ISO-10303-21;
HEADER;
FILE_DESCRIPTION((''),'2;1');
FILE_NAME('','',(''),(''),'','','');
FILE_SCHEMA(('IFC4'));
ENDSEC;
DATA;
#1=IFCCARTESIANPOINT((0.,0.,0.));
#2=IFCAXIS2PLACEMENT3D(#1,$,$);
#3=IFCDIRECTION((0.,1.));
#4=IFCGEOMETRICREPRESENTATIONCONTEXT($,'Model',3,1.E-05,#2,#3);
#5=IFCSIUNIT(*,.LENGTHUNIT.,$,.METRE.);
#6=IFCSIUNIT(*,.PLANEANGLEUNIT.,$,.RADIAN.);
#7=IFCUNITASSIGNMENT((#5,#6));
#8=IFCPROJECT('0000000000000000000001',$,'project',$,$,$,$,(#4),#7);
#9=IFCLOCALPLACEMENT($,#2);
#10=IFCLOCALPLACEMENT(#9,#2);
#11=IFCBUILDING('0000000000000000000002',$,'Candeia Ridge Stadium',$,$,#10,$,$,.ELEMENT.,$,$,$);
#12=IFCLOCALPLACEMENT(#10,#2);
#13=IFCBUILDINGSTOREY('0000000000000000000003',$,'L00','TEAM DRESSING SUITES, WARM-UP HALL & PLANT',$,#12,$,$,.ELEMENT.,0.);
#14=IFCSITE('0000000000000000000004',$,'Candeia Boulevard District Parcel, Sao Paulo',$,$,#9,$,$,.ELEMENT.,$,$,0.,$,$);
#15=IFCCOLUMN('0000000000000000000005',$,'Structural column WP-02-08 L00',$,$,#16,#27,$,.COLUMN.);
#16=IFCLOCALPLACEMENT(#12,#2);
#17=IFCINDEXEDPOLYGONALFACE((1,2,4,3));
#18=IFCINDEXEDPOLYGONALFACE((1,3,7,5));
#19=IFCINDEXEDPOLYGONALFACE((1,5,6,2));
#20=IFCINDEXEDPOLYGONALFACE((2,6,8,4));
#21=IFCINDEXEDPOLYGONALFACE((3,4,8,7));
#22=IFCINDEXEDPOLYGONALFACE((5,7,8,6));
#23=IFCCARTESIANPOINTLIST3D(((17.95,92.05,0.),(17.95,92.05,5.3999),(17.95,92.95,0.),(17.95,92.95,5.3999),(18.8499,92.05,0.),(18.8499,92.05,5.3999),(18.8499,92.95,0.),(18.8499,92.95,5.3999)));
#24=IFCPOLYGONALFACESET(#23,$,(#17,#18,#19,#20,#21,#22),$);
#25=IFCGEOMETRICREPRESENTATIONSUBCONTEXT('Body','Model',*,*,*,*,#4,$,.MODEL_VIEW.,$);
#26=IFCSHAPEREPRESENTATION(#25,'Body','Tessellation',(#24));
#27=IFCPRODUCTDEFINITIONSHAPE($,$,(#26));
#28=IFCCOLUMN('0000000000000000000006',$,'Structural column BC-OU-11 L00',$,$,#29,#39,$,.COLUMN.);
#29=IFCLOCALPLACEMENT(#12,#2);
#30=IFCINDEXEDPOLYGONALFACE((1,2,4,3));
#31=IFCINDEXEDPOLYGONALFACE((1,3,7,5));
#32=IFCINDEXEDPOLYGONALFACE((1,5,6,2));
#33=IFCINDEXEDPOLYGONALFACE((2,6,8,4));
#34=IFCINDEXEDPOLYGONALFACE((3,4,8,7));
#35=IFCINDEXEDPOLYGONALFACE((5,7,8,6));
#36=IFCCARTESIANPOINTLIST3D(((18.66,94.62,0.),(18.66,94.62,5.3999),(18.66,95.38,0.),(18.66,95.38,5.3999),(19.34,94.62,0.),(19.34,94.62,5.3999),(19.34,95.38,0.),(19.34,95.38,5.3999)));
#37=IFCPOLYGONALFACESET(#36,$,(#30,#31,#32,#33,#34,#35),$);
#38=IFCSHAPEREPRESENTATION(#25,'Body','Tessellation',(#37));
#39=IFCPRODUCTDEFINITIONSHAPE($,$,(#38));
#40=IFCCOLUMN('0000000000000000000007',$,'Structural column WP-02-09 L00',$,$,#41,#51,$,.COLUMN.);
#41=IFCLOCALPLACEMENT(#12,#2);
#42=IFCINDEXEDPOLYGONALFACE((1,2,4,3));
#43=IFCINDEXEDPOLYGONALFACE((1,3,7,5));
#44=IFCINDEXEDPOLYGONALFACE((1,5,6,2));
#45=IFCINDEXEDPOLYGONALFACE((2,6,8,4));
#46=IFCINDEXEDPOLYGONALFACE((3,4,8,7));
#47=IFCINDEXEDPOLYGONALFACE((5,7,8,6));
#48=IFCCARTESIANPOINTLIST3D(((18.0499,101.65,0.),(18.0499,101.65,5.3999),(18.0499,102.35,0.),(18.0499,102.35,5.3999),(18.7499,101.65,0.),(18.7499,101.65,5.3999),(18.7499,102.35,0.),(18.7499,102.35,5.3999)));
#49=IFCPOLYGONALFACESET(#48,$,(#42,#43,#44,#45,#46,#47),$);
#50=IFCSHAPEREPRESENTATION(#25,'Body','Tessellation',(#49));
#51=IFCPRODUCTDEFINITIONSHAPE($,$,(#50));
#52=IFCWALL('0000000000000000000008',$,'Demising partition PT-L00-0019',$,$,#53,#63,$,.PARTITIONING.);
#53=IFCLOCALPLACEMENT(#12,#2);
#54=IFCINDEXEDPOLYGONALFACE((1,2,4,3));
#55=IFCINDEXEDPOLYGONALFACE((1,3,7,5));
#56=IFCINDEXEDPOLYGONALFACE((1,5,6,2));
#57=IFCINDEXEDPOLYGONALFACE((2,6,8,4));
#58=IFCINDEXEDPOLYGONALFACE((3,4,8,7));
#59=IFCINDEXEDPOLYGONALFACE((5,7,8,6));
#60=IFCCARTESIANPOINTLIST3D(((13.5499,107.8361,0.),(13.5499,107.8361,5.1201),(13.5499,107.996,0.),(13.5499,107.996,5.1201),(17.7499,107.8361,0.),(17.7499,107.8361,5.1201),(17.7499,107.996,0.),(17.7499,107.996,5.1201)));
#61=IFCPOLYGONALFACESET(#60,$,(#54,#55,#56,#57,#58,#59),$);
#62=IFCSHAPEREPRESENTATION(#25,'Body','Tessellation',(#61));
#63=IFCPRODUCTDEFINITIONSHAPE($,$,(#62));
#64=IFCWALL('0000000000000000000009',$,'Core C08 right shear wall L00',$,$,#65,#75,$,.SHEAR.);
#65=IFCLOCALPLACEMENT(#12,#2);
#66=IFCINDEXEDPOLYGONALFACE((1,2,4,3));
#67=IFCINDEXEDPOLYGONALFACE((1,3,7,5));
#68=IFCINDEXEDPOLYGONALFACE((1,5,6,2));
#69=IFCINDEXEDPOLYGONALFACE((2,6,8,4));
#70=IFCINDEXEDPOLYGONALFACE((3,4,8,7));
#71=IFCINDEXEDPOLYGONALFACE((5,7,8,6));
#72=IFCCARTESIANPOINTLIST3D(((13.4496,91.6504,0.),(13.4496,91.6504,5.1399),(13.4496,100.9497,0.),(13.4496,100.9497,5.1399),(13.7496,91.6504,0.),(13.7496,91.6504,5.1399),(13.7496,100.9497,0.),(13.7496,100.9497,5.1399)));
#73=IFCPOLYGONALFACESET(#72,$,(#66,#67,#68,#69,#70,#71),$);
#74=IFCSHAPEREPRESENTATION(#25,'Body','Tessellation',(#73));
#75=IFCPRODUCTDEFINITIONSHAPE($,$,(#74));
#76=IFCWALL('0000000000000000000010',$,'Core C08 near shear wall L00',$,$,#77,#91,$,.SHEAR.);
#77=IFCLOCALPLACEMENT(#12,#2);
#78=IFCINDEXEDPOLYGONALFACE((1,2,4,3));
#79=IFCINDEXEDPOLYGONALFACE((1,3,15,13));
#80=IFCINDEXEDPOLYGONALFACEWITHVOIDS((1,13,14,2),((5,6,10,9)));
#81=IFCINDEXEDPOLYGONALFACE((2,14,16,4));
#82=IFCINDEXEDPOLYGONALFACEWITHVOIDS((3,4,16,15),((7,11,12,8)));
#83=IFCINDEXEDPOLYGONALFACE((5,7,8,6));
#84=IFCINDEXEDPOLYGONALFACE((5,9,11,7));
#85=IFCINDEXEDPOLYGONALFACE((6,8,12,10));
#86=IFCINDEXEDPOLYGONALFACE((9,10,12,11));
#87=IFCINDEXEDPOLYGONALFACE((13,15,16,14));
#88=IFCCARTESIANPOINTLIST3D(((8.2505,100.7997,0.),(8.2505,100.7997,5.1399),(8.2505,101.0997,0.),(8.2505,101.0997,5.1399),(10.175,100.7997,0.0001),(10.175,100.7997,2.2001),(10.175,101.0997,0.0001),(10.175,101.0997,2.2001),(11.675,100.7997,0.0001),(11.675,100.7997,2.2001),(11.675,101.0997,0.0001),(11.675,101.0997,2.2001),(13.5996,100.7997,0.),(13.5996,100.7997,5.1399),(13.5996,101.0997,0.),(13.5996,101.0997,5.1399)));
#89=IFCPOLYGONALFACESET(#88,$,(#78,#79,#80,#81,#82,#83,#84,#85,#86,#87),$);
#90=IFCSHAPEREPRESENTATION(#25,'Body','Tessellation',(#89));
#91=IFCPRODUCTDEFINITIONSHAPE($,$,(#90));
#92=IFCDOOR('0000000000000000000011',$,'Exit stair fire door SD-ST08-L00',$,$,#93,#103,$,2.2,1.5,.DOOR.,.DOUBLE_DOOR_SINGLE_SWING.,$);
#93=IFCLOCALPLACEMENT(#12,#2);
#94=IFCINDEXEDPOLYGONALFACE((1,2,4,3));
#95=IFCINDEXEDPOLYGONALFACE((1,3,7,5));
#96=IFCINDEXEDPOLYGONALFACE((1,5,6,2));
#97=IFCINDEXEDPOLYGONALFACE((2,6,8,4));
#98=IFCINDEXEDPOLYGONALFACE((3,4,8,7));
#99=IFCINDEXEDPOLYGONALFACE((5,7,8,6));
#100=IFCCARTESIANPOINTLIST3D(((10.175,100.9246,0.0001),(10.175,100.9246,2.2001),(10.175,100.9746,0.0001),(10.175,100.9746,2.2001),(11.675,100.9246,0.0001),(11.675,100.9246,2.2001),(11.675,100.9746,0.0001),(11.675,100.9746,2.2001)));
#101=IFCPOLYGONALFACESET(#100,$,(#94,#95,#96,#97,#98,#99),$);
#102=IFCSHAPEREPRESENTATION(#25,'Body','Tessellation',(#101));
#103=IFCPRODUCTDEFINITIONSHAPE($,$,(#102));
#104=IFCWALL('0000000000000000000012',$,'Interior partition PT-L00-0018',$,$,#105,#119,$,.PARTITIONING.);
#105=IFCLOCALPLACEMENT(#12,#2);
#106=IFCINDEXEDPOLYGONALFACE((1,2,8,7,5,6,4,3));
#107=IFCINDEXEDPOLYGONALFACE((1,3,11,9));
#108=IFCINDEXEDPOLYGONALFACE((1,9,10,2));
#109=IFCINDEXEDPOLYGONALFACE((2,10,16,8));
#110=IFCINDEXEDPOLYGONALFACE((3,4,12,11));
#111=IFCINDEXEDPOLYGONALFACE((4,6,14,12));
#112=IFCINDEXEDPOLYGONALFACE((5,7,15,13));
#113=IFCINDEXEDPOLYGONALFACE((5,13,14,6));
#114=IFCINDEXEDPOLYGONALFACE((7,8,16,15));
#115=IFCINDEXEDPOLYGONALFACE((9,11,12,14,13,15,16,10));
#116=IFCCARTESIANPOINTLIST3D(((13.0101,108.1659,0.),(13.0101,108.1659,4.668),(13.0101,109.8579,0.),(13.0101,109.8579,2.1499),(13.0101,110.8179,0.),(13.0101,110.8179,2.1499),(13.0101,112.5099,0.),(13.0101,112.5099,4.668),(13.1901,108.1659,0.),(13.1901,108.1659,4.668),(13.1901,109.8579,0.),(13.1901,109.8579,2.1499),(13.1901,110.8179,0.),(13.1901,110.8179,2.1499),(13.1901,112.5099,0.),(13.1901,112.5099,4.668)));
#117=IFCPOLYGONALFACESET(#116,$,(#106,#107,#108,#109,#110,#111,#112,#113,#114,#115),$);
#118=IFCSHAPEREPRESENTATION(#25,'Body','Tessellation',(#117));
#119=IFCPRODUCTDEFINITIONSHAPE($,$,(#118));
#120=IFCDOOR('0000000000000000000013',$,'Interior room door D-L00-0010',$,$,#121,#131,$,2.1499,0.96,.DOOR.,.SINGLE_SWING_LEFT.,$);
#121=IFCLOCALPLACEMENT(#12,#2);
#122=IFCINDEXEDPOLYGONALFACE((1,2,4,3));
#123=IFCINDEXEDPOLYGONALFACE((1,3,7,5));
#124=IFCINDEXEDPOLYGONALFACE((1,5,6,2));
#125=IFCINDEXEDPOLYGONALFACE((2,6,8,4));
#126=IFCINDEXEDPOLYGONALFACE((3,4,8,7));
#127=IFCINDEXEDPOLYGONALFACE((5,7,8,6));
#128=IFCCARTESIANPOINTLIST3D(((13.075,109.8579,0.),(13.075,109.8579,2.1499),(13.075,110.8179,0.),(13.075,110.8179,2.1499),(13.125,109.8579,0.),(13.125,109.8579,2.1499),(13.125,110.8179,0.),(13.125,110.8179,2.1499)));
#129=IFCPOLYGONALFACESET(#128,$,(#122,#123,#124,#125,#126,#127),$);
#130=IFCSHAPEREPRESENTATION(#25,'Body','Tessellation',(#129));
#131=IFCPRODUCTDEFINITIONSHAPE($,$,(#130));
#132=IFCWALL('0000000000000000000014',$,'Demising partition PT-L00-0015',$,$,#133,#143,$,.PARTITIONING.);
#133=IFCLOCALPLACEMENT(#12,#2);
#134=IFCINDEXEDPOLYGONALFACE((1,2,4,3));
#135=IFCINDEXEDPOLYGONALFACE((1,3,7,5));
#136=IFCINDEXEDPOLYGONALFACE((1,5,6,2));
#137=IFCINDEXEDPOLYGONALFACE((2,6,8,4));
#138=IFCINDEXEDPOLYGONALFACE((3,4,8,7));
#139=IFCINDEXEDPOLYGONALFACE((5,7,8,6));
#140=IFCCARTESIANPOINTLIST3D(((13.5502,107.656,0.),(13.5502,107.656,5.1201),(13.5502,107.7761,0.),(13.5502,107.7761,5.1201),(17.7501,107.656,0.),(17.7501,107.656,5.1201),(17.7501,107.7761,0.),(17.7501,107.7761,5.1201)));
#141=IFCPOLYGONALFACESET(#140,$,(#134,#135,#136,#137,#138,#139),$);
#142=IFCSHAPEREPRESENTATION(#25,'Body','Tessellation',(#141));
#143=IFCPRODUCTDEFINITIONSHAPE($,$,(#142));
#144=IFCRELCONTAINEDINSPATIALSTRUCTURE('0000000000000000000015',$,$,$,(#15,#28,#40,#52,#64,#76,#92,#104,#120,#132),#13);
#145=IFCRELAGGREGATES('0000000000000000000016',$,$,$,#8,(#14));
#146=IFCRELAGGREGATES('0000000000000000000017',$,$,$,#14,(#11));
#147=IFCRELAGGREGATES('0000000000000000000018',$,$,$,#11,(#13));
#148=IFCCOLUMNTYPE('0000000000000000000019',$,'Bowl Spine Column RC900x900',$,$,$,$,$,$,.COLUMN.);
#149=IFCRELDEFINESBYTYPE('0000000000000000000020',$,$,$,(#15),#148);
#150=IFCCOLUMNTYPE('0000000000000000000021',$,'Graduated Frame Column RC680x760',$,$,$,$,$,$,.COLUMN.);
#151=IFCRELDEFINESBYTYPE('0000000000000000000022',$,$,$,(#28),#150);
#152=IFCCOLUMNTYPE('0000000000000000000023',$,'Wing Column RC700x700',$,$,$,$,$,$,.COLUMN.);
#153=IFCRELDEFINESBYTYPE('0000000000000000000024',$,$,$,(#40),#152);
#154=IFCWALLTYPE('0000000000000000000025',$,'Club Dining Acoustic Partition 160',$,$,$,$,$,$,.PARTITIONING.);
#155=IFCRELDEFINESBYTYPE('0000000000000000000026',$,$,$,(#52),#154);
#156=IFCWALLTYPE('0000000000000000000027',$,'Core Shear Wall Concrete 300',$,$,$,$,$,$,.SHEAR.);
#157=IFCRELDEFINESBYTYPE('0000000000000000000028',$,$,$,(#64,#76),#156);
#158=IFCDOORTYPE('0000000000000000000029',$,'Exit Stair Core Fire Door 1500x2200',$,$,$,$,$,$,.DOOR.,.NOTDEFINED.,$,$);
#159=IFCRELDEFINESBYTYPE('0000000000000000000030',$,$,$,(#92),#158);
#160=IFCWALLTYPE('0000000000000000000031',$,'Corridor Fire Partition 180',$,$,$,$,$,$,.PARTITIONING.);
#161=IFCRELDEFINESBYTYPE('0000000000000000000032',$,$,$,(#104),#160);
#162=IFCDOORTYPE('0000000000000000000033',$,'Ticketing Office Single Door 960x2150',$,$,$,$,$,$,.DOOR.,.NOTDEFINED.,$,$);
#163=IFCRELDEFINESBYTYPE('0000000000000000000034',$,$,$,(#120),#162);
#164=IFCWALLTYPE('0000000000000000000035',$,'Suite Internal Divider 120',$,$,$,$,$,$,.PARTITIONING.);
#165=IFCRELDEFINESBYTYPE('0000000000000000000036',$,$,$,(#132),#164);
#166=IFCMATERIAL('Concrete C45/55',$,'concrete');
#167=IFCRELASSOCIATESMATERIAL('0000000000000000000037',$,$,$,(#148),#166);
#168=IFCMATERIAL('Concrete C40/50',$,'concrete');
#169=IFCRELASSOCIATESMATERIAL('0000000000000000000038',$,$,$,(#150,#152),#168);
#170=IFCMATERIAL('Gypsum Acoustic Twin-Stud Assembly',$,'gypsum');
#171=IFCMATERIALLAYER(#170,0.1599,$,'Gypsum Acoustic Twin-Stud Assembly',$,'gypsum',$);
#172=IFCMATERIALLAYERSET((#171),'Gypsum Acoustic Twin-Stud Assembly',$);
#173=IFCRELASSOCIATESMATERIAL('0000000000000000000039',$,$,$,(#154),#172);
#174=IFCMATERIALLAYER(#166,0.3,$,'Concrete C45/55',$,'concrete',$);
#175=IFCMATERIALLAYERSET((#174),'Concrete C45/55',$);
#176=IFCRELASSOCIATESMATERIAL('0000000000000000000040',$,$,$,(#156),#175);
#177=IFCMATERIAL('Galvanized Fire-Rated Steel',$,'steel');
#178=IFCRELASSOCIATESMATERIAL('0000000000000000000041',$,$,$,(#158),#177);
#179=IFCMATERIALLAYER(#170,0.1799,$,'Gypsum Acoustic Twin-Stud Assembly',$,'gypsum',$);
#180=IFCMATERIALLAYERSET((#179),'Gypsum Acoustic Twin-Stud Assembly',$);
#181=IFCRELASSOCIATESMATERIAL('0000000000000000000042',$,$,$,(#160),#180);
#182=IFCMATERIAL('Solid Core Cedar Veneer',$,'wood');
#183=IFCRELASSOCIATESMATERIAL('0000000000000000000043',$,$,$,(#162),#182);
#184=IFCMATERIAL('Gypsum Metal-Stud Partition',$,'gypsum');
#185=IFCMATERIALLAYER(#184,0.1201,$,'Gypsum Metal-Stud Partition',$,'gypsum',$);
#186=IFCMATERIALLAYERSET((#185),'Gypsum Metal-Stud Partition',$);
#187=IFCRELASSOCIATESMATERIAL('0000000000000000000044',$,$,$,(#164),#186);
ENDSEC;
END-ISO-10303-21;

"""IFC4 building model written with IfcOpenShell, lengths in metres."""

from ifc_helpers import new_model, si_unit, direction, frame, frame_2d, origin, origin_2d, place, context, subcontext, project, spatial, rectangle, extrude, material, layer, layer_set, material_profile, profile_set, type_object, element, fill, save


model = new_model("IFC4")

# Units and contexts
model_context = context("Model", 3, precision=1e-05, world=origin(), true_north=direction((0.0, 1.0)))
body_context = subcontext(model_context, "Body", "Model", "MODEL_VIEW")
ifc_project = project(units=[si_unit("LENGTHUNIT", "METRE"), si_unit("PLANEANGLEUNIT", "RADIAN")], contexts=[model_context])

# Site, building, storey
site_placement = place(None, origin())
site = spatial("IfcSite", under=ifc_project, at=site_placement, Name="Candeia Boulevard District Parcel, Sao Paulo", CompositionType="ELEMENT", RefElevation=0.0)
building_placement = place(site_placement, origin())
building = spatial("IfcBuilding", under=site, at=building_placement, Name="Candeia Ridge Stadium", CompositionType="ELEMENT")
storey_placement = place(building_placement, origin())
storey = spatial("IfcBuildingStorey", under=building, at=storey_placement, Name="L00", Description="TEAM DRESSING SUITES, WARM-UP HALL & PLANT", CompositionType="ELEMENT", Elevation=0.0)

# Shared definitions
ifc_material_1 = material(Name="Concrete C40/50", Category="concrete")

# Columns
ifc_material_2 = material(Name="Concrete C45/55", Category="concrete")
ifc_material_profile_1 = material_profile(ifc_material_2, rectangle(XDim=0.8999, YDim=0.8999, at=origin_2d()), Name="RC900x900", Category="concrete")
ifc_profile_set_1 = profile_set([ifc_material_profile_1], Name="Concrete C45/55")
column_type_1 = type_object("IfcColumnType", Name="Bowl Spine Column RC900x900", PredefinedType="COLUMN", material=ifc_profile_set_1)
column_1_placement = place(storey_placement, frame((18.3999, 92.5, 0.0), z_axis=(0.0, 0.0, 1.0), x_axis=(1.0, 0.0, 0.0)))
element("IfcColumn", 1, at=column_1_placement, inside=storey, type_object=column_type_1, Name="Structural column WP-02-08 L00", PredefinedType="COLUMN", context=body_context, shape_type="SweptSolid", body=[
    extrude(rectangle(XDim=0.8999, YDim=0.8999, at=origin_2d()), origin(), (0.0, 0.0, 1.0), 5.3999),
])
ifc_material_profile_2 = material_profile(ifc_material_1, rectangle(XDim=0.6799, YDim=0.76, at=origin_2d()), Name="RC680x760", Category="concrete")
ifc_profile_set_2 = profile_set([ifc_material_profile_2], Name="Concrete C40/50")
column_type_2 = type_object("IfcColumnType", Name="Graduated Frame Column RC680x760", PredefinedType="COLUMN", material=ifc_profile_set_2)
column_2_placement = place(storey_placement, frame((19.0, 95.0, 0.0), z_axis=(0.0, 0.0, 1.0), x_axis=(1.0, 0.0, 0.0)))
element("IfcColumn", 2, at=column_2_placement, inside=storey, type_object=column_type_2, Name="Structural column BC-OU-11 L00", PredefinedType="COLUMN", context=body_context, shape_type="SweptSolid", body=[
    extrude(rectangle(XDim=0.6799, YDim=0.76, at=origin_2d()), origin(), (0.0, 0.0, 1.0), 5.3999),
])
ifc_material_profile_3 = material_profile(ifc_material_1, rectangle(XDim=0.7, YDim=0.7, at=origin_2d()), Name="RC700x700", Category="concrete")
ifc_profile_set_3 = profile_set([ifc_material_profile_3], Name="Concrete C40/50")
column_type_3 = type_object("IfcColumnType", Name="Wing Column RC700x700", PredefinedType="COLUMN", material=ifc_profile_set_3)
column_3_placement = place(storey_placement, frame((18.3999, 102.0, 0.0), z_axis=(0.0, 0.0, 1.0), x_axis=(1.0, 0.0, 0.0)))
element("IfcColumn", 3, at=column_3_placement, inside=storey, type_object=column_type_3, Name="Structural column WP-02-09 L00", PredefinedType="COLUMN", context=body_context, shape_type="SweptSolid", body=[
    extrude(rectangle(XDim=0.7, YDim=0.7, at=origin_2d()), origin(), (0.0, 0.0, 1.0), 5.3999),
])

# Walls
ifc_material_3 = material(Name="Gypsum Acoustic Twin-Stud Assembly", Category="gypsum")
ifc_layer_1 = layer(ifc_material_3, 0.1599, Name="Gypsum Acoustic Twin-Stud Assembly", Category="gypsum")
ifc_layer_set_1 = layer_set([ifc_layer_1], Name="Gypsum Acoustic Twin-Stud Assembly")
wall_type_1 = type_object("IfcWallType", Name="Club Dining Acoustic Partition 160", PredefinedType="PARTITIONING", material=ifc_layer_set_1)
wall_1_placement = place(storey_placement, frame((17.75, 107.916, 0.0), z_axis=(0.0, 0.0, 1.0), x_axis=(-1.0, 0.0, 0.0)))
element("IfcWall", 4, at=wall_1_placement, inside=storey, type_object=wall_type_1, Name="Demising partition PT-L00-0019", PredefinedType="PARTITIONING", context=body_context, shape_type="SweptSolid", body=[
    extrude(rectangle(XDim=4.2, YDim=0.1599, at=frame_2d((2.1001, 0.0))), origin(), (0.0, 0.0, 1.0), 5.1201),
])
ifc_layer_2 = layer(ifc_material_2, 0.3, Name="Concrete C45/55", Category="concrete")
ifc_layer_set_2 = layer_set([ifc_layer_2], Name="Concrete C45/55")
wall_type_2 = type_object("IfcWallType", Name="Core Shear Wall Concrete 300", PredefinedType="SHEAR", material=ifc_layer_set_2)
wall_2_placement = place(storey_placement, frame((13.5996, 91.6504, 0.0), z_axis=(0.0, 0.0, 1.0), x_axis=(0.0, 1.0, 0.0)))
element("IfcWall", 5, at=wall_2_placement, inside=storey, type_object=wall_type_2, Name="Core C08 right shear wall L00", PredefinedType="SHEAR", context=body_context, shape_type="SweptSolid", body=[
    extrude(rectangle(XDim=9.2993, YDim=0.3, at=frame_2d((4.6497, 0.0))), origin(), (0.0, 0.0, 1.0), 5.1399),
])

# Walls, openings, doors
wall_3_placement = place(storey_placement, frame((13.5996, 100.9497, 0.0), z_axis=(0.0, 0.0, 1.0), x_axis=(-1.0, 0.0, 0.0)))
wall_3 = element("IfcWall", 6, at=wall_3_placement, inside=storey, type_object=wall_type_2, Name="Core C08 near shear wall L00", PredefinedType="SHEAR", context=body_context, shape_type="SweptSolid", body=[
    extrude(rectangle(XDim=5.3491, YDim=0.3, at=frame_2d((2.6746, 0.0))), origin(), (0.0, 0.0, 1.0), 5.1399),
])
opening_1_placement = place(wall_3_placement, frame((1.9246, 0.0, 0.0)))
opening_1 = element("IfcOpeningElement", 7, at=opening_1_placement, cuts=wall_3, PredefinedType="OPENING", context=body_context, shape_type="SweptSolid", body=[
    extrude(rectangle(XDim=1.5, YDim=2.2, at=frame_2d((0.75, 1.1001))), frame((0.0, 0.1599, 0.0), z_axis=(0.0, -1.0, 0.0), x_axis=(1.0, 0.0, 0.0)), (0.0, 0.0, 1.0), 0.3201),
])
ifc_material_4 = material(Name="Galvanized Fire-Rated Steel", Category="steel")
door_type_1 = type_object("IfcDoorType", Name="Exit Stair Core Fire Door 1500x2200", OperationType="NOTDEFINED", PredefinedType="DOOR", material=ifc_material_4)
door_1_placement = place(opening_1_placement, frame((1.5, 0.0, 0.0), z_axis=(0.0, 0.0, 1.0), x_axis=(-1.0, 0.0, 0.0)))
door_1 = element("IfcDoor", 8, at=door_1_placement, inside=storey, type_object=door_type_1, Name="Exit stair fire door SD-ST08-L00", OperationType="DOUBLE_DOOR_SINGLE_SWING", OverallHeight=2.2, OverallWidth=1.5, PredefinedType="DOOR", context=body_context, shape_type="SweptSolid", body=[
    extrude(rectangle(XDim=1.5, YDim=2.2, at=frame_2d((0.75, 1.1001))), frame((0.0, 0.0249, 0.0), z_axis=(0.0, -1.0, 0.0), x_axis=(1.0, 0.0, 0.0)), (0.0, 0.0, 1.0), 0.05),
])
fill(opening_1, door_1)
ifc_layer_3 = layer(ifc_material_3, 0.1799, Name="Gypsum Acoustic Twin-Stud Assembly", Category="gypsum")
ifc_layer_set_3 = layer_set([ifc_layer_3], Name="Gypsum Acoustic Twin-Stud Assembly")
wall_type_3 = type_object("IfcWallType", Name="Corridor Fire Partition 180", PredefinedType="PARTITIONING", material=ifc_layer_set_3)
wall_4_placement = place(storey_placement, frame((13.1001, 108.166, 0.0), z_axis=(0.0, 0.0, 1.0), x_axis=(0.0, 1.0, 0.0)))
wall_4 = element("IfcWall", 9, at=wall_4_placement, inside=storey, type_object=wall_type_3, Name="Interior partition PT-L00-0018", PredefinedType="PARTITIONING", context=body_context, shape_type="SweptSolid", body=[
    extrude(rectangle(XDim=4.344, YDim=0.1799, at=frame_2d((2.1719, 0.0))), origin(), (0.0, 0.0, 1.0), 4.668),
])
opening_2_placement = place(wall_4_placement, frame((1.6919, 0.0, 0.0)))
opening_2 = element("IfcOpeningElement", 10, at=opening_2_placement, cuts=wall_4, PredefinedType="OPENING", context=body_context, shape_type="SweptSolid", body=[
    extrude(rectangle(XDim=0.96, YDim=2.1499, at=frame_2d((0.48, 1.075))), frame((0.0, 0.0999, 0.0), z_axis=(0.0, -1.0, 0.0), x_axis=(1.0, 0.0, 0.0)), (0.0, 0.0, 1.0), 0.2),
])
ifc_material_5 = material(Name="Solid Core Cedar Veneer", Category="wood")
door_type_2 = type_object("IfcDoorType", Name="Ticketing Office Single Door 960x2150", OperationType="NOTDEFINED", PredefinedType="DOOR", material=ifc_material_5)
door_2_placement = place(opening_2_placement, frame((0.96, 0.0, 0.0), z_axis=(0.0, 0.0, 1.0), x_axis=(-1.0, 0.0, 0.0)))
door_2 = element("IfcDoor", 11, at=door_2_placement, inside=storey, type_object=door_type_2, Name="Interior room door D-L00-0010", OperationType="SINGLE_SWING_LEFT", OverallHeight=2.1499, OverallWidth=0.96, PredefinedType="DOOR", context=body_context, shape_type="SweptSolid", body=[
    extrude(rectangle(XDim=0.96, YDim=2.1499, at=frame_2d((0.48, 1.075))), frame((0.0, 0.0249, 0.0), z_axis=(0.0, -1.0, 0.0), x_axis=(1.0, 0.0, 0.0)), (0.0, 0.0, 1.0), 0.05),
])
fill(opening_2, door_2)

# Wall
ifc_material_6 = material(Name="Gypsum Metal-Stud Partition", Category="gypsum")
ifc_layer_4 = layer(ifc_material_6, 0.1201, Name="Gypsum Metal-Stud Partition", Category="gypsum")
ifc_layer_set_4 = layer_set([ifc_layer_4], Name="Gypsum Metal-Stud Partition")
wall_type_4 = type_object("IfcWallType", Name="Suite Internal Divider 120", PredefinedType="PARTITIONING", material=ifc_layer_set_4)
wall_5_placement = place(storey_placement, frame((13.55, 107.7161, 0.0), z_axis=(0.0, 0.0, 1.0), x_axis=(1.0, 0.0, 0.0)))
element("IfcWall", 12, at=wall_5_placement, inside=storey, type_object=wall_type_4, Name="Demising partition PT-L00-0015", PredefinedType="PARTITIONING", context=body_context, shape_type="SweptSolid", body=[
    extrude(rectangle(XDim=4.2, YDim=0.1201, at=frame_2d((2.1001, 0.0))), origin(), (0.0, 0.0, 1.0), 5.1201),
])

save(model, "model.ifc")
